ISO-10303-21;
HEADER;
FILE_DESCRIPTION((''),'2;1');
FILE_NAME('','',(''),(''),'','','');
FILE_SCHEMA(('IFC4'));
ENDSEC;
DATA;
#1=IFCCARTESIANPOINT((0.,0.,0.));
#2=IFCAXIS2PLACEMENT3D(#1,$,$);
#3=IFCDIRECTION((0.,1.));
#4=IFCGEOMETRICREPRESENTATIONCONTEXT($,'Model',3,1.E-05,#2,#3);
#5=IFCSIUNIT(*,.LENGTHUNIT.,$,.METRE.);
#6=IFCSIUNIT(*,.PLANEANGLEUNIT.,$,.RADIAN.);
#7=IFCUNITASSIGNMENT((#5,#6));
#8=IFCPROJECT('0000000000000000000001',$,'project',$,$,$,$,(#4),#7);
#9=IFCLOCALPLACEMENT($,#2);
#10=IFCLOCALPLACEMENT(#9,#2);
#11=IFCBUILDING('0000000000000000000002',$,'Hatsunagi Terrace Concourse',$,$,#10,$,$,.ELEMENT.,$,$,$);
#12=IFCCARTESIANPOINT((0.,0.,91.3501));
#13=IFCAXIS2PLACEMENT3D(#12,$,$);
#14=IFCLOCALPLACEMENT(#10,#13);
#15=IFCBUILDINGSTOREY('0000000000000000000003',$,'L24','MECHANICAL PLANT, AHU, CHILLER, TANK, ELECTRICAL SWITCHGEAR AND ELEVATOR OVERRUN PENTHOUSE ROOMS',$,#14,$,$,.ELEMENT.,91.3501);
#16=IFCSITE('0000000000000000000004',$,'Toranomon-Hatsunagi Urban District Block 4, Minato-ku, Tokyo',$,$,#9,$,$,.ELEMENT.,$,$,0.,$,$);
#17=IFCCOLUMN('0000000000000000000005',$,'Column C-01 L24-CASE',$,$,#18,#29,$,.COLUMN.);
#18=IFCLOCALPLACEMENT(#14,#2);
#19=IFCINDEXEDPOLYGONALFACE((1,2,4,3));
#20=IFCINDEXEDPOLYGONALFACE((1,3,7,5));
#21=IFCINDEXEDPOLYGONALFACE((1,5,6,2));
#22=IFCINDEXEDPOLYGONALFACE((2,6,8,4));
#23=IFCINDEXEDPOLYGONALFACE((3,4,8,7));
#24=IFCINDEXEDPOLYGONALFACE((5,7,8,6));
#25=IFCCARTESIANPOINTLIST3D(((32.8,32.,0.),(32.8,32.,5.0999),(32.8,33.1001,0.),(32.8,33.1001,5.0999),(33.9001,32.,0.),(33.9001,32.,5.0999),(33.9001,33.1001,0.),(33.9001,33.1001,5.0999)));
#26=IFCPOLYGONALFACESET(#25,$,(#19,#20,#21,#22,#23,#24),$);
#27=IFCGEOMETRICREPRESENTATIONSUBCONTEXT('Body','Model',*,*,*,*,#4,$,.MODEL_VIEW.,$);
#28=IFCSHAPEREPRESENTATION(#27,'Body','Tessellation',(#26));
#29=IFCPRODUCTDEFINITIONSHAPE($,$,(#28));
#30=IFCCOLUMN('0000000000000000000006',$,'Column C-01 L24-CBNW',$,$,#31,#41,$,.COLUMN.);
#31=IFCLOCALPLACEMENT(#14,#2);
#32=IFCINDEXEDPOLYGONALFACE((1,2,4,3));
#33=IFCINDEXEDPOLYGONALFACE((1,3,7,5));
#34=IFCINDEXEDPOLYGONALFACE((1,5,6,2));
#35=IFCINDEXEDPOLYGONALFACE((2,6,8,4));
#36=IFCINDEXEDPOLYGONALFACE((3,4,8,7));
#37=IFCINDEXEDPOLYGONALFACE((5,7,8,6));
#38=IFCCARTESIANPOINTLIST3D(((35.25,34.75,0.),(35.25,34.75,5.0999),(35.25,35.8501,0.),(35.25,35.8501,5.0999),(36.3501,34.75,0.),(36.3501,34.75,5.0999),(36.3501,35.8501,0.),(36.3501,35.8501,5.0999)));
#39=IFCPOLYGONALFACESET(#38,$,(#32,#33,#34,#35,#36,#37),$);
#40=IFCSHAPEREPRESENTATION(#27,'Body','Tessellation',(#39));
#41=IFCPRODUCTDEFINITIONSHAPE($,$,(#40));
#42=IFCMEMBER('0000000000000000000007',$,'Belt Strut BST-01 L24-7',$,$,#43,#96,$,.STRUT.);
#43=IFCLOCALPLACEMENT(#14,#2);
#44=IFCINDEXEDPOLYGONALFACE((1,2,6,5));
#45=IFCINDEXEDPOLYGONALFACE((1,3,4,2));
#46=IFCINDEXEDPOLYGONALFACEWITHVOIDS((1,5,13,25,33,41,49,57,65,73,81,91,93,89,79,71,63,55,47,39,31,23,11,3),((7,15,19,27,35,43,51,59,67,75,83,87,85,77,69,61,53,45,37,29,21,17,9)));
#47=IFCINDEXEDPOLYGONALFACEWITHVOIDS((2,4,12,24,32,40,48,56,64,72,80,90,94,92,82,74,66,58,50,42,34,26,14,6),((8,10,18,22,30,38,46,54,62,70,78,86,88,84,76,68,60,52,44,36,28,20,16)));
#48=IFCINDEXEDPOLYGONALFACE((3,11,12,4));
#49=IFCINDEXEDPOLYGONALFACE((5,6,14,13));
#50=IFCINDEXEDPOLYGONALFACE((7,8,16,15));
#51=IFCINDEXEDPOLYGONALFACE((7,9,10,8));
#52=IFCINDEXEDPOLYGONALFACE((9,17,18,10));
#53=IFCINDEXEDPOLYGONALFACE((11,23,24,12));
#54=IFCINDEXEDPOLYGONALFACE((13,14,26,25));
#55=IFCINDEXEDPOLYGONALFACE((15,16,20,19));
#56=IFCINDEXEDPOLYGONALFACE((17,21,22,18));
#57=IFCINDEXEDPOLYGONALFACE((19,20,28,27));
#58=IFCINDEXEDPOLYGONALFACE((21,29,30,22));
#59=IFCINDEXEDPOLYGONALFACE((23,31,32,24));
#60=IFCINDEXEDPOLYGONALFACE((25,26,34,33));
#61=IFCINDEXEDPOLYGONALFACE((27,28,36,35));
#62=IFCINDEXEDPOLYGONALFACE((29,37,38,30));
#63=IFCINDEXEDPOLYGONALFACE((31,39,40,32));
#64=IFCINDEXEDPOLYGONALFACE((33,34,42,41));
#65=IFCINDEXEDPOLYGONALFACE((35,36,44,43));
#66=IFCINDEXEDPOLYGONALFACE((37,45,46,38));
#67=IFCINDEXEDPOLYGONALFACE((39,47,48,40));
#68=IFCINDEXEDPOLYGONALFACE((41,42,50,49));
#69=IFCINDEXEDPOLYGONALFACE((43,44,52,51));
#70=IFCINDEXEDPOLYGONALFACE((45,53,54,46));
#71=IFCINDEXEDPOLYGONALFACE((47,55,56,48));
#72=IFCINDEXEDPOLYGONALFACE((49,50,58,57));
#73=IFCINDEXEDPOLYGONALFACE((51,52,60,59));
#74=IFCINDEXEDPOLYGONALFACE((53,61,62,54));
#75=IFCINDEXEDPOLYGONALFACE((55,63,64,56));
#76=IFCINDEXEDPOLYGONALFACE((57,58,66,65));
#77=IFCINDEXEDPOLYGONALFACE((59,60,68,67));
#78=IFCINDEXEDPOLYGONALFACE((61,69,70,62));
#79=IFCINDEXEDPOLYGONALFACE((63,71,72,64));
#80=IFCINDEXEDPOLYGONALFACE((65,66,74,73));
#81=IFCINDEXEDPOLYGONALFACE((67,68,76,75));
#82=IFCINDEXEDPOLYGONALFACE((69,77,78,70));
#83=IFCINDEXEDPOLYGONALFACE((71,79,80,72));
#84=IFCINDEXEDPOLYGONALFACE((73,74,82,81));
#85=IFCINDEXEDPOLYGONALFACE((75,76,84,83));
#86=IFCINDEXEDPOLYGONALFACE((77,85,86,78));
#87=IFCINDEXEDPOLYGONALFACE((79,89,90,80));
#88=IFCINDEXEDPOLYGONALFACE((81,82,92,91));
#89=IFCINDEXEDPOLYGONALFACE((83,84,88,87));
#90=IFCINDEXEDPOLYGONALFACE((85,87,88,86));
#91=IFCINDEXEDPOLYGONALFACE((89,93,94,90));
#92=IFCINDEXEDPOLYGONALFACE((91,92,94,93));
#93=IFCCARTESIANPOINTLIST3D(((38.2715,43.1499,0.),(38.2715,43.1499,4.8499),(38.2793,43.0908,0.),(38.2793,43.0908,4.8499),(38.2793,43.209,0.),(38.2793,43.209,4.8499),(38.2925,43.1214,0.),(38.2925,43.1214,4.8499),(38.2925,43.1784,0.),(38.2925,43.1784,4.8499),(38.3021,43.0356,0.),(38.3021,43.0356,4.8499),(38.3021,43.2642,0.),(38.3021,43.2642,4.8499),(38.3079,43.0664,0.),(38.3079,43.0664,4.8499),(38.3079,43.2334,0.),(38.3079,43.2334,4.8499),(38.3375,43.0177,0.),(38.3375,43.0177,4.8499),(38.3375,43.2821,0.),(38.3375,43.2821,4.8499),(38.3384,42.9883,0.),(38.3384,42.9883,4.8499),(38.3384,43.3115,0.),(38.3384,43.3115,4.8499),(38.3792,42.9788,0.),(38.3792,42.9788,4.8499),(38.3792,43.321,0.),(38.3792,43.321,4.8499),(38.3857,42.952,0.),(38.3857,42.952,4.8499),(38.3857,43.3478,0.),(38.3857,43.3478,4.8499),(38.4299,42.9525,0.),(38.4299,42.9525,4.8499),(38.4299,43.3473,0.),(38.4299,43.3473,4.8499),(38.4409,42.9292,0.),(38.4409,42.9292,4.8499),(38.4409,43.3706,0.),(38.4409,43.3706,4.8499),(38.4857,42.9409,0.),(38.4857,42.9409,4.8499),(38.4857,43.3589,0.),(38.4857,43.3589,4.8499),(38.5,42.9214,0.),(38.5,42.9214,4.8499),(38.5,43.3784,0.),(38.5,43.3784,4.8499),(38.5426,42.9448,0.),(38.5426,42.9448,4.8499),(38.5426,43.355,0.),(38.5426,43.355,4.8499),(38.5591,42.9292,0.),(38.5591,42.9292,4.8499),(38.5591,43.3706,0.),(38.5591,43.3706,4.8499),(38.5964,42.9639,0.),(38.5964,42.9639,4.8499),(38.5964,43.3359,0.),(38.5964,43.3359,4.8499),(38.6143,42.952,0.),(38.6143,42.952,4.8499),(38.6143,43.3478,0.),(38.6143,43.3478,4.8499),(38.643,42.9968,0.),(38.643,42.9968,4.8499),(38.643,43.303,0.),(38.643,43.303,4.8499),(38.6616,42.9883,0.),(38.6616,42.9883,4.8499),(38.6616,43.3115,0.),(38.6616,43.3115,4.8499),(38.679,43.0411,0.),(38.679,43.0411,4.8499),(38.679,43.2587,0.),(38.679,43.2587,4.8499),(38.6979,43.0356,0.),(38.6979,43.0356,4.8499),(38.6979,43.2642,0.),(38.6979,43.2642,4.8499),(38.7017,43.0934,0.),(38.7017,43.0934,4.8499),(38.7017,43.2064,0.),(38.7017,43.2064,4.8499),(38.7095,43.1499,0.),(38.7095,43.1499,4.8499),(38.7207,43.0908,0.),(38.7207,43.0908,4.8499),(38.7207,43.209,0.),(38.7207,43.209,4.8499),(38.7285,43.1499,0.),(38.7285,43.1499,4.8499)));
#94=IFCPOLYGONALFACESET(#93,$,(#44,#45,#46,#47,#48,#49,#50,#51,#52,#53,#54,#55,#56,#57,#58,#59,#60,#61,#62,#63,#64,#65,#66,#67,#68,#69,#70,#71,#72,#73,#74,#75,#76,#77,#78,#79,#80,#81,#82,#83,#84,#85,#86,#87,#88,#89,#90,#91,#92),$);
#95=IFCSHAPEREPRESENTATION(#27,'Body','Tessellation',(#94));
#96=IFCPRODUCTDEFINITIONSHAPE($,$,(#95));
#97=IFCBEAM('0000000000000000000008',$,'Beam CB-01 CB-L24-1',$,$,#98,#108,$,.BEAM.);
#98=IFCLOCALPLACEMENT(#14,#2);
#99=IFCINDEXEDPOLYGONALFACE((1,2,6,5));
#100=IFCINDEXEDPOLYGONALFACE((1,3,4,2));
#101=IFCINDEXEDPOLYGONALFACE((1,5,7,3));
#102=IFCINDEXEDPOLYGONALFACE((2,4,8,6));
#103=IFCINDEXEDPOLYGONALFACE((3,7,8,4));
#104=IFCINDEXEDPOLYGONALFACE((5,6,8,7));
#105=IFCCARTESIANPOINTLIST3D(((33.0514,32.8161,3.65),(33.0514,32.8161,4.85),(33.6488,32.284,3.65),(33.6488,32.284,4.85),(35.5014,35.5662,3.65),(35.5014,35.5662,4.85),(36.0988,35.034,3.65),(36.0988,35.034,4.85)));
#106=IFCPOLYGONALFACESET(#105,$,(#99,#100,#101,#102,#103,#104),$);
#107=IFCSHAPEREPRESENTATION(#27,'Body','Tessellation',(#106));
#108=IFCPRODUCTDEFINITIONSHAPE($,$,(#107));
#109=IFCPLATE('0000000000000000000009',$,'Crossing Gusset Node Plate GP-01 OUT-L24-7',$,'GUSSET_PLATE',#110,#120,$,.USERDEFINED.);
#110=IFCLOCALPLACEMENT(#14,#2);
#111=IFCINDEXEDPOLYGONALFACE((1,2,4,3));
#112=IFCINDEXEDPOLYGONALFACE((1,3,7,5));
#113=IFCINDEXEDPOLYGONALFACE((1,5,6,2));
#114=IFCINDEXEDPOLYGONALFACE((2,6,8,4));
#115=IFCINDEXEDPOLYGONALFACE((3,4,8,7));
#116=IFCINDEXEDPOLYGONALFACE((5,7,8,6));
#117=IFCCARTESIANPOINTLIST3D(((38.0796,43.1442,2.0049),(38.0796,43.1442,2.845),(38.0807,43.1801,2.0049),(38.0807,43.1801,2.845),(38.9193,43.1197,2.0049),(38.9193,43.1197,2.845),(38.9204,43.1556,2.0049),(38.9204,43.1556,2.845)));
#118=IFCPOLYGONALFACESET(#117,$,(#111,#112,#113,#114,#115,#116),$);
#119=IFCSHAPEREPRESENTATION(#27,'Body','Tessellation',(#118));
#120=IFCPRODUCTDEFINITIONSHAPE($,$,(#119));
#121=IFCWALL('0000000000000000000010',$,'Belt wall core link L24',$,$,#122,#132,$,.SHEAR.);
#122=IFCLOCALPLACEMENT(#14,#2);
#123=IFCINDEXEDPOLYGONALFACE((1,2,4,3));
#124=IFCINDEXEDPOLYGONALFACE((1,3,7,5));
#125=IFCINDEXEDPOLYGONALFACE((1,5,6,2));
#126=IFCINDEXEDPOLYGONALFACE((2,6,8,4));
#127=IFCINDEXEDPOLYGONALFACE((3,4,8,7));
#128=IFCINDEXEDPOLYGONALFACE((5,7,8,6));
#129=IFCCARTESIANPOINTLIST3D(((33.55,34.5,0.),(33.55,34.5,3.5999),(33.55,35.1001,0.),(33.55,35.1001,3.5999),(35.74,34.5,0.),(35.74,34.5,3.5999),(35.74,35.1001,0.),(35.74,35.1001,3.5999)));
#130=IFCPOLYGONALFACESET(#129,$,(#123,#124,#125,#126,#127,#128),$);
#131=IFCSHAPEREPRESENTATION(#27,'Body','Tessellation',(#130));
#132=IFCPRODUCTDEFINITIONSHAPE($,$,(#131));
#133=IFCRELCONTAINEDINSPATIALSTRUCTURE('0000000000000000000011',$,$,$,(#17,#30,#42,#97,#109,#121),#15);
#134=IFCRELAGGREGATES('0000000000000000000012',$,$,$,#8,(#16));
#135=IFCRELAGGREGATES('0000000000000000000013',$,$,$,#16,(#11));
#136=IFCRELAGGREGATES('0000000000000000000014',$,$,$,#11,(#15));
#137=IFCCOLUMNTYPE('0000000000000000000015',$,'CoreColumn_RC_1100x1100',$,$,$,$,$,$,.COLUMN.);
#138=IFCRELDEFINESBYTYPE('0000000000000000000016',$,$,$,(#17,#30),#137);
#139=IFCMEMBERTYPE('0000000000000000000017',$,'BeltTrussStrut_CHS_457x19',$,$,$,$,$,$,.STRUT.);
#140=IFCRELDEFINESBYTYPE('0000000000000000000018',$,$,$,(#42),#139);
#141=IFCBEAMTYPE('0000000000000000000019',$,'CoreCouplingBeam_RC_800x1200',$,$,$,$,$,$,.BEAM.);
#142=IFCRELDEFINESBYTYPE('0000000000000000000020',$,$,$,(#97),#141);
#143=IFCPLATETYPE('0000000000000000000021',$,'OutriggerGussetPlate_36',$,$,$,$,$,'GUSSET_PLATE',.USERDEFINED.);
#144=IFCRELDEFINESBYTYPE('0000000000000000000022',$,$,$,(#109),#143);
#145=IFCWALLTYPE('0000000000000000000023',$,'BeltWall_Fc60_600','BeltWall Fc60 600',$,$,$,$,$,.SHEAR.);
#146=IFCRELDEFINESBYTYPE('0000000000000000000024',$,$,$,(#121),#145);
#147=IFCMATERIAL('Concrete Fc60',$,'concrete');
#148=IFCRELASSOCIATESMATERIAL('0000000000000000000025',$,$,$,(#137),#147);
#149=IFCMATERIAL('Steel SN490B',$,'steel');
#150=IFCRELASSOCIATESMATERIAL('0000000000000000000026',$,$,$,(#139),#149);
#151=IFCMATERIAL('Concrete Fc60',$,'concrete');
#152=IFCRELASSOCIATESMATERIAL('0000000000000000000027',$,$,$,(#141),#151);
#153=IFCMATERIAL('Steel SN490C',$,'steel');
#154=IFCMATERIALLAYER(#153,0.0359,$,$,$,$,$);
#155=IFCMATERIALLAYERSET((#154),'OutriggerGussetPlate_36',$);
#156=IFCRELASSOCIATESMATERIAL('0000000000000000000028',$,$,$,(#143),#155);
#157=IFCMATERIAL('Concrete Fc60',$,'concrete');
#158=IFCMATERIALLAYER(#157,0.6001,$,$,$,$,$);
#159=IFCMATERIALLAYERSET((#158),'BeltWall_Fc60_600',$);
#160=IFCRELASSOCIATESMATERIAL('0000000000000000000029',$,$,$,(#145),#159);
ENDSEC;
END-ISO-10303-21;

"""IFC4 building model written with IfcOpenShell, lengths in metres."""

from ifc_helpers import new_model, si_unit, direction, frame, frame_2d, origin, origin_2d, place, context, subcontext, project, spatial, rectangle, hollow_circle, extrude, material, layer, layer_set, material_profile, profile_set, type_object, element, save


model = new_model("IFC4")

# Units and contexts
model_context = context("Model", 3, precision=1e-05, world=origin(), true_north=direction((0.0, 1.0)))
body_context = subcontext(model_context, "Body", "Model", "MODEL_VIEW")
ifc_project = project(units=[si_unit("LENGTHUNIT", "METRE"), si_unit("PLANEANGLEUNIT", "RADIAN")], contexts=[model_context])

# Site, building, storey
site_placement = place(None, origin())
site = spatial("IfcSite", under=ifc_project, at=site_placement, Name="Toranomon-Hatsunagi Urban District Block 4, Minato-ku, Tokyo", CompositionType="ELEMENT", RefElevation=0.0)
building_placement = place(site_placement, origin())
building = spatial("IfcBuilding", under=site, at=building_placement, Name="Hatsunagi Terrace Concourse", CompositionType="ELEMENT")
storey_placement = place(building_placement, frame((0.0, 0.0, 91.3501)))
storey = spatial("IfcBuildingStorey", under=building, at=storey_placement, Name="L24", Description="MECHANICAL PLANT, AHU, CHILLER, TANK, ELECTRICAL SWITCHGEAR AND ELEVATOR OVERRUN PENTHOUSE ROOMS", CompositionType="ELEMENT", Elevation=91.3501)

# Columns
ifc_material_1 = material(Name="Concrete Fc60", Category="concrete")
ifc_material_profile_1 = material_profile(ifc_material_1, rectangle(XDim=1.1001, YDim=1.1001, at=origin_2d()), Name="RC-1100x1100")
ifc_profile_set_1 = profile_set([ifc_material_profile_1], Name="Concrete Fc60")
column_type = type_object("IfcColumnType", Name="CoreColumn_RC_1100x1100", PredefinedType="COLUMN", material=ifc_profile_set_1)
for number, where, z_axis, x_axis, name in (
    (1, (33.3501, 32.55, 0.0), (0.0, 0.0, 1.0), (1.0, 0.0, 0.0), "Column C-01 L24-CASE"),
    (2, (35.8, 35.3, 0.0), (0.0, 0.0, 1.0), (1.0, 0.0, 0.0), "Column C-01 L24-CBNW"),
):
    element("IfcColumn", number, at=place(storey_placement, frame(where, z_axis=z_axis, x_axis=x_axis)), inside=storey, type_object=column_type, Name=name, PredefinedType="COLUMN", context=body_context, shape_type="SweptSolid", body=[
        extrude(rectangle(XDim=1.1001, YDim=1.1001, at=origin_2d()), origin(), (0.0, 0.0, 1.0), 5.0999),
    ])

# Member
ifc_material_2 = material(Name="Steel SN490B", Category="steel")
ifc_material_profile_2 = material_profile(ifc_material_2, hollow_circle(Radius=0.2285, WallThickness=0.019, at=origin_2d()), Name="CHS-457.2x19")
ifc_profile_set_2 = profile_set([ifc_material_profile_2], Name="Steel SN490B")
member_type = type_object("IfcMemberType", Name="BeltTrussStrut_CHS_457x19", PredefinedType="STRUT", material=ifc_profile_set_2)
member_placement = place(storey_placement, frame((38.5, 43.1499, 0.0), z_axis=(0.0, 0.0, 1.0), x_axis=(1.0, 0.0, 0.0)))
element("IfcMember", 3, at=member_placement, inside=storey, type_object=member_type, Name="Belt Strut BST-01 L24-7", PredefinedType="STRUT", context=body_context, shape_type="SweptSolid", body=[
    extrude(hollow_circle(Radius=0.2285, WallThickness=0.019, at=origin_2d()), origin(), (0.0, 0.0, 1.0), 4.8499),
])

# Beam
ifc_material_3 = material(Name="Concrete Fc60", Category="concrete")
ifc_material_profile_3 = material_profile(ifc_material_3, rectangle(XDim=0.8, YDim=1.2, at=origin_2d()), Name="RC-800x1200")
ifc_profile_set_3 = profile_set([ifc_material_profile_3], Name="Concrete Fc60")
beam_type = type_object("IfcBeamType", Name="CoreCouplingBeam_RC_800x1200", PredefinedType="BEAM", material=ifc_profile_set_3)
beam_placement = place(storey_placement, frame((33.3501, 32.55, 4.25), z_axis=(0.665199, 0.746666, 0.0), x_axis=(-0.746666, 0.665199, 0.0)))
element("IfcBeam", 4, at=beam_placement, inside=storey, type_object=beam_type, Name="Beam CB-01 CB-L24-1", PredefinedType="BEAM", context=body_context, shape_type="SweptSolid", body=[
    extrude(rectangle(XDim=0.8, YDim=1.2, at=origin_2d()), origin(), (0.0, 0.0, 1.0), 3.6831),
])

# Plate
ifc_material_4 = material(Name="Steel SN490C", Category="steel")
ifc_layer_1 = layer(ifc_material_4, 0.0359)
ifc_layer_set_1 = layer_set([ifc_layer_1], Name="OutriggerGussetPlate_36")
plate_type = type_object("IfcPlateType", Name="OutriggerGussetPlate_36", ElementType="GUSSET_PLATE", PredefinedType="USERDEFINED", material=ifc_layer_set_1)
plate_placement = place(storey_placement, frame((38.5, 43.1499, 2.0049), z_axis=(0.0, 0.0, 1.0), x_axis=(0.999576, -0.029113, 0.0)))
element("IfcPlate", 5, at=plate_placement, inside=storey, type_object=plate_type, Name="Crossing Gusset Node Plate GP-01 OUT-L24-7", ObjectType="GUSSET_PLATE", PredefinedType="USERDEFINED", context=body_context, shape_type="SweptSolid", body=[
    extrude(rectangle(XDim=0.8401, YDim=0.0359, at=origin_2d()), origin(), (0.0, 0.0, 1.0), 0.8401),
])

# Wall
ifc_material_5 = material(Name="Concrete Fc60", Category="concrete")
ifc_layer_2 = layer(ifc_material_5, 0.6001)
ifc_layer_set_2 = layer_set([ifc_layer_2], Name="BeltWall_Fc60_600")
wall_type_1 = type_object("IfcWallType", Name="BeltWall_Fc60_600", Description="BeltWall Fc60 600", PredefinedType="SHEAR", material=ifc_layer_set_2)
wall_1_placement = place(storey_placement, frame((33.55, 34.8, 0.0), z_axis=(0.0, 0.0, 1.0), x_axis=(1.0, 0.0, 0.0)))
element("IfcWall", 6, at=wall_1_placement, inside=storey, type_object=wall_type_1, Name="Belt wall core link L24", PredefinedType="SHEAR", context=body_context, shape_type="SweptSolid", body=[
    extrude(rectangle(XDim=2.1899, YDim=0.6001, at=frame_2d((1.095, 0.0))), origin(), (0.0, 0.0, 1.0), 3.5999),
])

save(model, "model.ifc")
